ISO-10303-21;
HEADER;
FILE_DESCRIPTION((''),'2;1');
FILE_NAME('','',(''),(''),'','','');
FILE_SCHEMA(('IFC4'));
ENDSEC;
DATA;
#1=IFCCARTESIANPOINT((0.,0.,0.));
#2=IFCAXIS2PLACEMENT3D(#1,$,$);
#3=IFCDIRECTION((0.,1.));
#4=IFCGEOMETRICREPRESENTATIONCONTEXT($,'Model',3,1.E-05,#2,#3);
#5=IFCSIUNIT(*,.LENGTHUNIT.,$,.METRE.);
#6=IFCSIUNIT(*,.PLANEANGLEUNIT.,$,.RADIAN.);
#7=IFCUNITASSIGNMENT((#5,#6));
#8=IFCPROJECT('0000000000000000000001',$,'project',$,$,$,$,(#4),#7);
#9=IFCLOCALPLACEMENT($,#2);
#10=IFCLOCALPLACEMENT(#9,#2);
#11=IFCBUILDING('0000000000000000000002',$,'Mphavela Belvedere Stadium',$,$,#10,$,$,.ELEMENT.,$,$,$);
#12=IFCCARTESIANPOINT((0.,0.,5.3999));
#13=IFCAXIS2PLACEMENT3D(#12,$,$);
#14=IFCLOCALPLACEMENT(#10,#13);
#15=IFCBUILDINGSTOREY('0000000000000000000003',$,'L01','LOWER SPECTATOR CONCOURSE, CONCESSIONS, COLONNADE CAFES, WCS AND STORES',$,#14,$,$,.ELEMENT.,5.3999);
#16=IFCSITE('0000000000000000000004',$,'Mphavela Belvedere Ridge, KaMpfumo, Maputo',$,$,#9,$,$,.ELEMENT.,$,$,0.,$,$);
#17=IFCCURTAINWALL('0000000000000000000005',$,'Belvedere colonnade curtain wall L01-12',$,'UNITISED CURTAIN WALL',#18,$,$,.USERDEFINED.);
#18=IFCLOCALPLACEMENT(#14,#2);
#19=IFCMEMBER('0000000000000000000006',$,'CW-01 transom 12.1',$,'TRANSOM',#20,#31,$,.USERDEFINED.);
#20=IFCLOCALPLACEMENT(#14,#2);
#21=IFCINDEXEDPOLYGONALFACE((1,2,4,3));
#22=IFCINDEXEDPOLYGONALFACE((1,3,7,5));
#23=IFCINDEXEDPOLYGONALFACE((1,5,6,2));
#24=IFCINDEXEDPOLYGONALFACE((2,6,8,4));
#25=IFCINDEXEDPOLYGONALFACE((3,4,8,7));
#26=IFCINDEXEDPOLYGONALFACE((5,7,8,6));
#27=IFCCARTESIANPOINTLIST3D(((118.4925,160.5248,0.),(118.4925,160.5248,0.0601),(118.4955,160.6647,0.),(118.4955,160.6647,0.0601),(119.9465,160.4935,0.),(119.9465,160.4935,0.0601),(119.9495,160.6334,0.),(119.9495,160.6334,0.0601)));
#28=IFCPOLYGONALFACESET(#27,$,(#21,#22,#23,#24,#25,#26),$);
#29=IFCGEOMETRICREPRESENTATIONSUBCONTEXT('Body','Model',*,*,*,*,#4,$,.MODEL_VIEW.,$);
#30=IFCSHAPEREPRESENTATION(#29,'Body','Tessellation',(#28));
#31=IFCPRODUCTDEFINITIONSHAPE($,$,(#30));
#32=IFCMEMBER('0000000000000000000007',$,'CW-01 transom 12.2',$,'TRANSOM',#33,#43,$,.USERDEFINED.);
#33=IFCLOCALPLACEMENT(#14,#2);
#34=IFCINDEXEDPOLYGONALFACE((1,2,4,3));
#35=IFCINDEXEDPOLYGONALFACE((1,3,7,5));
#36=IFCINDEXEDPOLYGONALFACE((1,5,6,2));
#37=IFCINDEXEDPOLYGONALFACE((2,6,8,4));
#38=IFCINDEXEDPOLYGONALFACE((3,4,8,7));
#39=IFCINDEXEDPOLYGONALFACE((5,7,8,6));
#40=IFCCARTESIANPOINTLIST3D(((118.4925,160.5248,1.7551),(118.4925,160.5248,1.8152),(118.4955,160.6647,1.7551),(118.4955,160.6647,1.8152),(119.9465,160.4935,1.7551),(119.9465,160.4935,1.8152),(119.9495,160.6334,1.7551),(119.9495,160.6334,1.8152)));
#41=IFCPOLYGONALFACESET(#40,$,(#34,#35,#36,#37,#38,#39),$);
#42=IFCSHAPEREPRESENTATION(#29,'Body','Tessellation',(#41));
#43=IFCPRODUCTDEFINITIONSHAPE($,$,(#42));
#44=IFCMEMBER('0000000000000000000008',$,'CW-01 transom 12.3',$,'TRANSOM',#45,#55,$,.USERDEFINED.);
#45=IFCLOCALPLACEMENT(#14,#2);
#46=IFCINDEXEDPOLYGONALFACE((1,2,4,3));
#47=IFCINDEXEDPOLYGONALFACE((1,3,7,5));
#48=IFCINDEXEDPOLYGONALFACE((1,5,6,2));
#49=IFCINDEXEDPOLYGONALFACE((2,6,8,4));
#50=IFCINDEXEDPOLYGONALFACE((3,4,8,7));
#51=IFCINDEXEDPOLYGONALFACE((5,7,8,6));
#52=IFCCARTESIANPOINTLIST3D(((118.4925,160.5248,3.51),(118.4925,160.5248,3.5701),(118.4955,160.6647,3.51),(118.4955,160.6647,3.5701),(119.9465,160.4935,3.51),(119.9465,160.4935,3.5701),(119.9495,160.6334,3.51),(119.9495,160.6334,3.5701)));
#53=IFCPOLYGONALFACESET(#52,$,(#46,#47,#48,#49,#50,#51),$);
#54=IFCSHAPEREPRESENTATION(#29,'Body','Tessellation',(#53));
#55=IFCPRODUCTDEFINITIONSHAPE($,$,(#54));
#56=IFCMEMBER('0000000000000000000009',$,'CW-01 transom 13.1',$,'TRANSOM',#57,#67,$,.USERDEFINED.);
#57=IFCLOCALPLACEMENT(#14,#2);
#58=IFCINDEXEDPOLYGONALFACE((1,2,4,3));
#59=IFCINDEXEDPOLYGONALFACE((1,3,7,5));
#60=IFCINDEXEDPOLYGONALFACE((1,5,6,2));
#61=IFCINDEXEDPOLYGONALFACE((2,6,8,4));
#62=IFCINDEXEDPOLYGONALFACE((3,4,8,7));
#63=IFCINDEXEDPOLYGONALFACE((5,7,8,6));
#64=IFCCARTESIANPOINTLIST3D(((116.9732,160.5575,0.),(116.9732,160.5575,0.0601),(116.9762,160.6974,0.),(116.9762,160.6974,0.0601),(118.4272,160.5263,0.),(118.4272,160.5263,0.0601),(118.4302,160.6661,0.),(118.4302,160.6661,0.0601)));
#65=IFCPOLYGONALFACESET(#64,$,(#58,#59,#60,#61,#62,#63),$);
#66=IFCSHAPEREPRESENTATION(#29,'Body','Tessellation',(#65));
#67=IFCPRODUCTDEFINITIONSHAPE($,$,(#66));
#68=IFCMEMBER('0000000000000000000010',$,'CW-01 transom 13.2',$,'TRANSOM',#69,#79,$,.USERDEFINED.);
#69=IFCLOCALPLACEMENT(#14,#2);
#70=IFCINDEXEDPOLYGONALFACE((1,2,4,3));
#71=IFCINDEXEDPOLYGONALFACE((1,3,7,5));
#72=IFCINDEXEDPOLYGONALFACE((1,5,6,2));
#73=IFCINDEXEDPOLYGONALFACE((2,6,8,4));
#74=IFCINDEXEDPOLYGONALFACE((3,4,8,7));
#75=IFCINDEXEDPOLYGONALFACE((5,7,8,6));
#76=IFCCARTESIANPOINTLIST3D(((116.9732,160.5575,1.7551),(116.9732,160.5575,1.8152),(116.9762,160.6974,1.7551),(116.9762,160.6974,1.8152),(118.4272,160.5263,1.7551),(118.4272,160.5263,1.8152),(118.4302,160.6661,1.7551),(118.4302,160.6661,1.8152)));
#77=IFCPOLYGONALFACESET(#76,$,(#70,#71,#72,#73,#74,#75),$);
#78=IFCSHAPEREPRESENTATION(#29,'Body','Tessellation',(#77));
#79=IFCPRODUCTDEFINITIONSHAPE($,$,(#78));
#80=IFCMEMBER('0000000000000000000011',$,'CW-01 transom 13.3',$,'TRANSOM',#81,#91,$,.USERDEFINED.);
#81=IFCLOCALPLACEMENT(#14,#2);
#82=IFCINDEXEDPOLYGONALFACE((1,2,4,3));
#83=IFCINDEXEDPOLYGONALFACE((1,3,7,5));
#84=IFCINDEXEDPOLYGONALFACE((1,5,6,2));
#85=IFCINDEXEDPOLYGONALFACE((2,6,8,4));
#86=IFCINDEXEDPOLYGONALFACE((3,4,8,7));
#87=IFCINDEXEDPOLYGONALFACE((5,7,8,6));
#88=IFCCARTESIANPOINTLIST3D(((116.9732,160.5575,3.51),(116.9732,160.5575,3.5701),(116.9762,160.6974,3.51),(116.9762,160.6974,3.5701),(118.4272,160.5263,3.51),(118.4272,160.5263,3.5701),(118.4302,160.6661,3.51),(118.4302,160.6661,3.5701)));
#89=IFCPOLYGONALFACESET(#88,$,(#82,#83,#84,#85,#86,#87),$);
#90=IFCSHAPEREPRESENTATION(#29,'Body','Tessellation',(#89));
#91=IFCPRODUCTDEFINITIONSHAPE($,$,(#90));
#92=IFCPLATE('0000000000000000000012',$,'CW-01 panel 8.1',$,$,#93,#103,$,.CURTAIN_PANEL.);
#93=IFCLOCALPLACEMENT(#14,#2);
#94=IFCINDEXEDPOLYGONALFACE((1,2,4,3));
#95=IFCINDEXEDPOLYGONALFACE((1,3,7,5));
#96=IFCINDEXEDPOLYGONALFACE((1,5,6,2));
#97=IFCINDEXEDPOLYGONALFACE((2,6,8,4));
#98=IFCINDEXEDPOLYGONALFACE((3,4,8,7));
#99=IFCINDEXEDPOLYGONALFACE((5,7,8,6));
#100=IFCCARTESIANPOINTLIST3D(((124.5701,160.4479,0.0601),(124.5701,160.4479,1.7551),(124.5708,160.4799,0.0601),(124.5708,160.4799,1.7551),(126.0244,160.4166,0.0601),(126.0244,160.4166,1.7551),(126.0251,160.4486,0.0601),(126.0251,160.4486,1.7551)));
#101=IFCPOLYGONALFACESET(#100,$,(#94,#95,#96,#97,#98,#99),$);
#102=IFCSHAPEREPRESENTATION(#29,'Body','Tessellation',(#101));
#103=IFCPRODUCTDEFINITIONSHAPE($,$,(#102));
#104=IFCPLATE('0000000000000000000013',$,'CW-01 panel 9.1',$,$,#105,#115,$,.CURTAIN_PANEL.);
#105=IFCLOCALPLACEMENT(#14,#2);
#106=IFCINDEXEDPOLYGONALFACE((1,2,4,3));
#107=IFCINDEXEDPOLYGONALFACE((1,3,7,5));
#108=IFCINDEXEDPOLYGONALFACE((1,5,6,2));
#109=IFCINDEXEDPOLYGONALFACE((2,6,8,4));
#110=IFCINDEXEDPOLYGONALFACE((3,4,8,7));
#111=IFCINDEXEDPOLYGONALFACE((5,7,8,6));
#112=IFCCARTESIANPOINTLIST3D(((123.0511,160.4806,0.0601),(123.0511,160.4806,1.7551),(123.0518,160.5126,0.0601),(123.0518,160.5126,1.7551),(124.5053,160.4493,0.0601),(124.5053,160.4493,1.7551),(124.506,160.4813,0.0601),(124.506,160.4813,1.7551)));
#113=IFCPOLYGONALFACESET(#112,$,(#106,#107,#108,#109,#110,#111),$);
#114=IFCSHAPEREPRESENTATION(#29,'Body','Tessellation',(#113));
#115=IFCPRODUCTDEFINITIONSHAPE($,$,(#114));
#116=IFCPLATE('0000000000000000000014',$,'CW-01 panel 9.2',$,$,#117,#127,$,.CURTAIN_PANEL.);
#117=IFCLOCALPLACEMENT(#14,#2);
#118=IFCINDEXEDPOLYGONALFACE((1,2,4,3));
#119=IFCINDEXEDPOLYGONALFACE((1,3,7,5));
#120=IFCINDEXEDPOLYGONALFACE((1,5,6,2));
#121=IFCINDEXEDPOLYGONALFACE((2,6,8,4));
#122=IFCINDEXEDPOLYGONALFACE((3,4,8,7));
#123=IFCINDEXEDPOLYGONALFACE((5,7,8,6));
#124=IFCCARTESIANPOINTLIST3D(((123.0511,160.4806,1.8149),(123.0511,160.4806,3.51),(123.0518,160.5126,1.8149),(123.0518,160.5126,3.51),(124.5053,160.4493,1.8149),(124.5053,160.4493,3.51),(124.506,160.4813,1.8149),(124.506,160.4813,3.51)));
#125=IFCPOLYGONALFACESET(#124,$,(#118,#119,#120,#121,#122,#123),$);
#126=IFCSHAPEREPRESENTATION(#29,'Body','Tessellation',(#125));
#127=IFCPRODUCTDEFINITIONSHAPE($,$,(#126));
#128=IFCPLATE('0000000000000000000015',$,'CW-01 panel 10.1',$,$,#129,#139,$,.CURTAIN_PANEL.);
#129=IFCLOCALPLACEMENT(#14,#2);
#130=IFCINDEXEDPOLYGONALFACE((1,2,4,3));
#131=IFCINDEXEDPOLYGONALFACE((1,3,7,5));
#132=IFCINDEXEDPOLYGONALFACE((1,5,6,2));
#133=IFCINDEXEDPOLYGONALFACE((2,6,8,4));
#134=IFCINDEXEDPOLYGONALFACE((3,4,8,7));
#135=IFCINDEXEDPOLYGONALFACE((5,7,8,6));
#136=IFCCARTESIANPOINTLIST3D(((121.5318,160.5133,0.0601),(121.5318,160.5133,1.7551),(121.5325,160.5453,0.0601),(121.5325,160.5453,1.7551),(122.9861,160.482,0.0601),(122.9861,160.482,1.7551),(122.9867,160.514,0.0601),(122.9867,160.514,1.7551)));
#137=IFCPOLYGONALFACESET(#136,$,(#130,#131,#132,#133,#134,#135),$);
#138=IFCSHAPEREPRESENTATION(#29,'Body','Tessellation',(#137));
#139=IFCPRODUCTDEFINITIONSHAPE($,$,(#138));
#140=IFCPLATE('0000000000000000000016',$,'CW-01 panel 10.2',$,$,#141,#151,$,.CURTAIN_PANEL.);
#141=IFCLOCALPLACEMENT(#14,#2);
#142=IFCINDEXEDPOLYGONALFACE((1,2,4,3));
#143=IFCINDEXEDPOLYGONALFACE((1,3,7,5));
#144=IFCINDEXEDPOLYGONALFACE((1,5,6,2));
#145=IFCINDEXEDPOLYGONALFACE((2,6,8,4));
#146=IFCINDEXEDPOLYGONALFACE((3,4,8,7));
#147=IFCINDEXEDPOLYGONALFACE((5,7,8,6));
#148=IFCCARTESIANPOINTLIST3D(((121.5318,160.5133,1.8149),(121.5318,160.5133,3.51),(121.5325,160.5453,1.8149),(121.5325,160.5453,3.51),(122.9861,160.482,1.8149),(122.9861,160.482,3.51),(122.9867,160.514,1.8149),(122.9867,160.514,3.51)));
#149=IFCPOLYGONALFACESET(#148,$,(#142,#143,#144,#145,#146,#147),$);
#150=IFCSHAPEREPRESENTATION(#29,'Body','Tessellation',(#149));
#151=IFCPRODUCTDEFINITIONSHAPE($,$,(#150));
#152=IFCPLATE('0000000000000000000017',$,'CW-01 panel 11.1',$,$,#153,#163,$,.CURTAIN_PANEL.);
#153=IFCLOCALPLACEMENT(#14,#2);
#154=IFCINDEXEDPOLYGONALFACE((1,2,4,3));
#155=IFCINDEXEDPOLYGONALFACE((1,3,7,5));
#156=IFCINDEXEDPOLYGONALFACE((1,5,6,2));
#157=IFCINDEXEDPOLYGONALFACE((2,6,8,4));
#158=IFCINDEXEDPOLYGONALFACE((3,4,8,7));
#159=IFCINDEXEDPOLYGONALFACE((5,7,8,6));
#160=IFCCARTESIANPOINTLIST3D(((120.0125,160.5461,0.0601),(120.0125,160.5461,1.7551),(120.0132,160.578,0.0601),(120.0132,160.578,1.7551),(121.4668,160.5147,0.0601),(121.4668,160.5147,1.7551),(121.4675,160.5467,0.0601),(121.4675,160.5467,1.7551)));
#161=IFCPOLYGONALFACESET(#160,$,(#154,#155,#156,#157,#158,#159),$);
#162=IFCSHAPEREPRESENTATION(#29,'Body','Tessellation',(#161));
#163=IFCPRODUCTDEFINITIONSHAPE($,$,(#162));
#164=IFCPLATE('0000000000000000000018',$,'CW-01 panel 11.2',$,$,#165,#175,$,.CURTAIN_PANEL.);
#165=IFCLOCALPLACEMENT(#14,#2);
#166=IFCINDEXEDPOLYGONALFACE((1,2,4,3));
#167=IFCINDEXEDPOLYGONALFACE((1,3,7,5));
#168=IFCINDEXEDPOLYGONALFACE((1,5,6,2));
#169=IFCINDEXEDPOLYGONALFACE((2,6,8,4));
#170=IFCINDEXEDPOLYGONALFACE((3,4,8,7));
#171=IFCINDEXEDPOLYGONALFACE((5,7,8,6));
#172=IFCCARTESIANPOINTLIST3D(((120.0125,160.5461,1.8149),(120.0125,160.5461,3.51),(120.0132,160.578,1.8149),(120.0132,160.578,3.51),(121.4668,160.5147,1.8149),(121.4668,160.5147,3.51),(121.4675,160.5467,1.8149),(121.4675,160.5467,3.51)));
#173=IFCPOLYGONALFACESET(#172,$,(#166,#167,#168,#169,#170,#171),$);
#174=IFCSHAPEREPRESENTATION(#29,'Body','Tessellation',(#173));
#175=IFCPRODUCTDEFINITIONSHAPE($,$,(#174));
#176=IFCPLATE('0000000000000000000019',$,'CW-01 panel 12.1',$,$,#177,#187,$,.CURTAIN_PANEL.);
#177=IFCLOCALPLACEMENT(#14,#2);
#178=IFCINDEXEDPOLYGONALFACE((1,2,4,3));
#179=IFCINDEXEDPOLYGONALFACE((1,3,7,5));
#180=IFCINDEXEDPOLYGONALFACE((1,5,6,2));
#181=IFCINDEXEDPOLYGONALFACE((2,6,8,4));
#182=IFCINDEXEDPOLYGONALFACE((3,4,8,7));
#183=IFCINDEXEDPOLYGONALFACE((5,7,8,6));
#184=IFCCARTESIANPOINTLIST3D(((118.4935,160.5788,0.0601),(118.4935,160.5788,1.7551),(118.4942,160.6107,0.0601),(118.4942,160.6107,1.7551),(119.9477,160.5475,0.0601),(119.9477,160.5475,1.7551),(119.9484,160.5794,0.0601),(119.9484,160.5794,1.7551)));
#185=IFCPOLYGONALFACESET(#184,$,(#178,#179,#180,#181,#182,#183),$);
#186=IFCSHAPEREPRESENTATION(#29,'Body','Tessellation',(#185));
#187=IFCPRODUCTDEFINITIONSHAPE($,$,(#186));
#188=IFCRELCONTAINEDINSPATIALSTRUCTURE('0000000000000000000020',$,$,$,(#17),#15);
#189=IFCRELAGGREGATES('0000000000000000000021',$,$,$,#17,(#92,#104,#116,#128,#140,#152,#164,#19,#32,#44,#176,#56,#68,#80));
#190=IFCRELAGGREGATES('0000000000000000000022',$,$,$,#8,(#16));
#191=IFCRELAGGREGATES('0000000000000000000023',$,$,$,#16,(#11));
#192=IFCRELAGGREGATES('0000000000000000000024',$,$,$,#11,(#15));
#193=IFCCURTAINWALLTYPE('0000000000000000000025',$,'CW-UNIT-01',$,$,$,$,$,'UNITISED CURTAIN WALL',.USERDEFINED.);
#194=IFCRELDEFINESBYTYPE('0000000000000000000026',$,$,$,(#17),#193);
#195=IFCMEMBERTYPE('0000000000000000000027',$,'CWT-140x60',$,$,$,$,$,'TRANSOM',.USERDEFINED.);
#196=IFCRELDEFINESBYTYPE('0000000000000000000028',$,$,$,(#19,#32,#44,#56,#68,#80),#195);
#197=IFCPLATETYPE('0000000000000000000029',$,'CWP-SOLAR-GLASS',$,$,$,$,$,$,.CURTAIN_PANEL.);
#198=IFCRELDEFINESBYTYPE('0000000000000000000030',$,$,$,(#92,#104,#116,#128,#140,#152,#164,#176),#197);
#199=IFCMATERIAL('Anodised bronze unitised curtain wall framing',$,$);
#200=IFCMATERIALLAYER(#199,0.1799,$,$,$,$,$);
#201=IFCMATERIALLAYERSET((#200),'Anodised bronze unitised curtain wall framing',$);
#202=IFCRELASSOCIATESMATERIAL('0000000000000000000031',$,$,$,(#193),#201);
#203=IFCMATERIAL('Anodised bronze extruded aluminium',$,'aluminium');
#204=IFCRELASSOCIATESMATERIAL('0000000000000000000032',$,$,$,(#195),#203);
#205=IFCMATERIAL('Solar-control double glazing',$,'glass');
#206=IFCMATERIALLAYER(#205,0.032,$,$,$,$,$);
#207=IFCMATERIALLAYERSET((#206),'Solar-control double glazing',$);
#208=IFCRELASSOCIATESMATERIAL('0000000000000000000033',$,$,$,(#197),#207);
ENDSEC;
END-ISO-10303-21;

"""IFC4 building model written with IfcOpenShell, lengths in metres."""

from ifc_helpers import new_model, si_unit, direction, frame, origin, origin_2d, place, context, subcontext, project, spatial, rectangle, extrude, material, layer, layer_set, material_profile, profile_set, type_object, element, aggregate, save


model = new_model("IFC4")

# Units and contexts
model_context = context("Model", 3, precision=1e-05, world=origin(), true_north=direction((0.0, 1.0)))
body_context = subcontext(model_context, "Body", "Model", "MODEL_VIEW")
ifc_project = project(units=[si_unit("LENGTHUNIT", "METRE"), si_unit("PLANEANGLEUNIT", "RADIAN")], contexts=[model_context])

# Site, building, storey
site_placement = place(None, origin())
site = spatial("IfcSite", under=ifc_project, at=site_placement, Name="Mphavela Belvedere Ridge, KaMpfumo, Maputo", CompositionType="ELEMENT", RefElevation=0.0)
building_placement = place(site_placement, origin())
building = spatial("IfcBuilding", under=site, at=building_placement, Name="Mphavela Belvedere Stadium", CompositionType="ELEMENT")
storey_placement = place(building_placement, frame((0.0, 0.0, 5.3999)))
storey = spatial("IfcBuildingStorey", under=building, at=storey_placement, Name="L01", Description="LOWER SPECTATOR CONCOURSE, CONCESSIONS, COLONNADE CAFES, WCS AND STORES", CompositionType="ELEMENT", Elevation=5.3999)

# Curtain wall, members, plates
ifc_material_1 = material(Name="Anodised bronze unitised curtain wall framing")
ifc_layer_1 = layer(ifc_material_1, 0.1799)
ifc_layer_set_1 = layer_set([ifc_layer_1], Name="Anodised bronze unitised curtain wall framing")
curtain_wall_type = type_object("IfcCurtainWallType", Name="CW-UNIT-01", ElementType="UNITISED CURTAIN WALL", PredefinedType="USERDEFINED", material=ifc_layer_set_1)
curtain_wall_placement = place(storey_placement, origin())
curtain_wall = element("IfcCurtainWall", 1, at=curtain_wall_placement, inside=storey, type_object=curtain_wall_type, Name="Belvedere colonnade curtain wall L01-12", ObjectType="UNITISED CURTAIN WALL", PredefinedType="USERDEFINED")
ifc_material_2 = material(Name="Anodised bronze extruded aluminium", Category="aluminium")
ifc_material_profile_1 = material_profile(ifc_material_2, rectangle(XDim=0.1399, YDim=0.0601, at=origin_2d()), Name="CW-TRN 140x60")
ifc_profile_set_1 = profile_set([ifc_material_profile_1], Name="Anodised bronze extruded aluminium")
member_type_1 = type_object("IfcMemberType", Name="CWT-140x60", ElementType="TRANSOM", PredefinedType="USERDEFINED", material=ifc_profile_set_1)
member_1_placement = place(storey_placement, frame((119.948, 160.5635, 0.03), z_axis=(-0.999769, 0.021486, 0.0), x_axis=(-0.021486, -0.999769, 0.0)))
member_1 = element("IfcMember", 2, at=member_1_placement, type_object=member_type_1, Name="CW-01 transom 12.1", ObjectType="TRANSOM", PredefinedType="USERDEFINED", context=body_context, shape_type="SweptSolid", body=[
    extrude(rectangle(XDim=0.1399, YDim=0.0601, at=origin_2d()), origin(), (0.0, 0.0, 1.0), 1.4543),
])
member_2_placement = place(storey_placement, frame((119.948, 160.5635, 1.7852), z_axis=(-0.999769, 0.021486, 0.0), x_axis=(-0.021486, -0.999769, 0.0)))
member_2 = element("IfcMember", 3, at=member_2_placement, type_object=member_type_1, Name="CW-01 transom 12.2", ObjectType="TRANSOM", PredefinedType="USERDEFINED", context=body_context, shape_type="SweptSolid", body=[
    extrude(rectangle(XDim=0.1399, YDim=0.0601, at=origin_2d()), origin(), (0.0, 0.0, 1.0), 1.4543),
])
member_3_placement = place(storey_placement, frame((119.948, 160.5635, 3.54), z_axis=(-0.999769, 0.021486, 0.0), x_axis=(-0.021486, -0.999769, 0.0)))
member_3 = element("IfcMember", 4, at=member_3_placement, type_object=member_type_1, Name="CW-01 transom 12.3", ObjectType="TRANSOM", PredefinedType="USERDEFINED", context=body_context, shape_type="SweptSolid", body=[
    extrude(rectangle(XDim=0.1399, YDim=0.0601, at=origin_2d()), origin(), (0.0, 0.0, 1.0), 1.4543),
])
member_4_placement = place(storey_placement, frame((118.4287, 160.5962, 0.03), z_axis=(-0.999769, 0.021486, 0.0), x_axis=(-0.021486, -0.999769, 0.0)))
member_4 = element("IfcMember", 5, at=member_4_placement, type_object=member_type_1, Name="CW-01 transom 13.1", ObjectType="TRANSOM", PredefinedType="USERDEFINED", context=body_context, shape_type="SweptSolid", body=[
    extrude(rectangle(XDim=0.1399, YDim=0.0601, at=origin_2d()), origin(), (0.0, 0.0, 1.0), 1.4543),
])
member_5_placement = place(storey_placement, frame((118.4287, 160.5962, 1.7852), z_axis=(-0.999769, 0.021486, 0.0), x_axis=(-0.021486, -0.999769, 0.0)))
member_5 = element("IfcMember", 6, at=member_5_placement, type_object=member_type_1, Name="CW-01 transom 13.2", ObjectType="TRANSOM", PredefinedType="USERDEFINED", context=body_context, shape_type="SweptSolid", body=[
    extrude(rectangle(XDim=0.1399, YDim=0.0601, at=origin_2d()), origin(), (0.0, 0.0, 1.0), 1.4543),
])
member_6_placement = place(storey_placement, frame((118.4287, 160.5962, 3.54), z_axis=(-0.999769, 0.021486, 0.0), x_axis=(-0.021486, -0.999769, 0.0)))
member_6 = element("IfcMember", 7, at=member_6_placement, type_object=member_type_1, Name="CW-01 transom 13.3", ObjectType="TRANSOM", PredefinedType="USERDEFINED", context=body_context, shape_type="SweptSolid", body=[
    extrude(rectangle(XDim=0.1399, YDim=0.0601, at=origin_2d()), origin(), (0.0, 0.0, 1.0), 1.4543),
])
ifc_material_3 = material(Name="Solar-control double glazing", Category="glass")
ifc_layer_2 = layer(ifc_material_3, 0.032)
ifc_layer_set_2 = layer_set([ifc_layer_2], Name="Solar-control double glazing")
plate_type = type_object("IfcPlateType", Name="CWP-SOLAR-GLASS", PredefinedType="CURTAIN_PANEL", material=ifc_layer_set_2)
plate_1_placement = place(storey_placement, frame((125.2976, 160.4482, 0.0601), z_axis=(0.0, 0.0, 1.0), x_axis=(-0.999768, 0.021529, 0.0)))
plate_1 = element("IfcPlate", 8, at=plate_1_placement, type_object=plate_type, Name="CW-01 panel 8.1", PredefinedType="CURTAIN_PANEL", context=body_context, shape_type="SweptSolid", body=[
    extrude(rectangle(XDim=1.4546, YDim=0.032, at=origin_2d()), origin(), (0.0, 0.0, 1.0), 1.6951),
])
plate_2_placement = place(storey_placement, frame((123.7786, 160.481, 0.0601), z_axis=(0.0, 0.0, 1.0), x_axis=(-0.999768, 0.021529, 0.0)))
plate_2 = element("IfcPlate", 9, at=plate_2_placement, type_object=plate_type, Name="CW-01 panel 9.1", PredefinedType="CURTAIN_PANEL", context=body_context, shape_type="SweptSolid", body=[
    extrude(rectangle(XDim=1.4546, YDim=0.032, at=origin_2d()), origin(), (0.0, 0.0, 1.0), 1.6951),
])
plate_3_placement = place(storey_placement, frame((123.7786, 160.481, 1.8149), z_axis=(0.0, 0.0, 1.0), x_axis=(-0.999768, 0.021529, 0.0)))
plate_3 = element("IfcPlate", 10, at=plate_3_placement, type_object=plate_type, Name="CW-01 panel 9.2", PredefinedType="CURTAIN_PANEL", context=body_context, shape_type="SweptSolid", body=[
    extrude(rectangle(XDim=1.4546, YDim=0.032, at=origin_2d()), origin(), (0.0, 0.0, 1.0), 1.6951),
])
plate_4_placement = place(storey_placement, frame((122.2593, 160.5137, 0.0601), z_axis=(0.0, 0.0, 1.0), x_axis=(-0.999768, 0.021529, 0.0)))
plate_4 = element("IfcPlate", 11, at=plate_4_placement, type_object=plate_type, Name="CW-01 panel 10.1", PredefinedType="CURTAIN_PANEL", context=body_context, shape_type="SweptSolid", body=[
    extrude(rectangle(XDim=1.4546, YDim=0.032, at=origin_2d()), origin(), (0.0, 0.0, 1.0), 1.6951),
])
plate_5_placement = place(storey_placement, frame((122.2593, 160.5137, 1.8149), z_axis=(0.0, 0.0, 1.0), x_axis=(-0.999768, 0.021529, 0.0)))
plate_5 = element("IfcPlate", 12, at=plate_5_placement, type_object=plate_type, Name="CW-01 panel 10.2", PredefinedType="CURTAIN_PANEL", context=body_context, shape_type="SweptSolid", body=[
    extrude(rectangle(XDim=1.4546, YDim=0.032, at=origin_2d()), origin(), (0.0, 0.0, 1.0), 1.6951),
])
plate_6_placement = place(storey_placement, frame((120.74, 160.5464, 0.0601), z_axis=(0.0, 0.0, 1.0), x_axis=(-0.999768, 0.021529, 0.0)))
plate_6 = element("IfcPlate", 13, at=plate_6_placement, type_object=plate_type, Name="CW-01 panel 11.1", PredefinedType="CURTAIN_PANEL", context=body_context, shape_type="SweptSolid", body=[
    extrude(rectangle(XDim=1.4546, YDim=0.032, at=origin_2d()), origin(), (0.0, 0.0, 1.0), 1.6951),
])
plate_7_placement = place(storey_placement, frame((120.74, 160.5464, 1.8149), z_axis=(0.0, 0.0, 1.0), x_axis=(-0.999768, 0.021529, 0.0)))
plate_7 = element("IfcPlate", 14, at=plate_7_placement, type_object=plate_type, Name="CW-01 panel 11.2", PredefinedType="CURTAIN_PANEL", context=body_context, shape_type="SweptSolid", body=[
    extrude(rectangle(XDim=1.4546, YDim=0.032, at=origin_2d()), origin(), (0.0, 0.0, 1.0), 1.6951),
])
plate_8_placement = place(storey_placement, frame((119.2209, 160.5791, 0.0601), z_axis=(0.0, 0.0, 1.0), x_axis=(-0.999768, 0.021529, 0.0)))
plate_8 = element("IfcPlate", 15, at=plate_8_placement, type_object=plate_type, Name="CW-01 panel 12.1", PredefinedType="CURTAIN_PANEL", context=body_context, shape_type="SweptSolid", body=[
    extrude(rectangle(XDim=1.4546, YDim=0.032, at=origin_2d()), origin(), (0.0, 0.0, 1.0), 1.6951),
])
aggregate(curtain_wall, [plate_1, plate_2, plate_3, plate_4, plate_5, plate_6, plate_7, member_1, member_2, member_3, plate_8, member_4, member_5, member_6])

save(model, "model.ifc")
